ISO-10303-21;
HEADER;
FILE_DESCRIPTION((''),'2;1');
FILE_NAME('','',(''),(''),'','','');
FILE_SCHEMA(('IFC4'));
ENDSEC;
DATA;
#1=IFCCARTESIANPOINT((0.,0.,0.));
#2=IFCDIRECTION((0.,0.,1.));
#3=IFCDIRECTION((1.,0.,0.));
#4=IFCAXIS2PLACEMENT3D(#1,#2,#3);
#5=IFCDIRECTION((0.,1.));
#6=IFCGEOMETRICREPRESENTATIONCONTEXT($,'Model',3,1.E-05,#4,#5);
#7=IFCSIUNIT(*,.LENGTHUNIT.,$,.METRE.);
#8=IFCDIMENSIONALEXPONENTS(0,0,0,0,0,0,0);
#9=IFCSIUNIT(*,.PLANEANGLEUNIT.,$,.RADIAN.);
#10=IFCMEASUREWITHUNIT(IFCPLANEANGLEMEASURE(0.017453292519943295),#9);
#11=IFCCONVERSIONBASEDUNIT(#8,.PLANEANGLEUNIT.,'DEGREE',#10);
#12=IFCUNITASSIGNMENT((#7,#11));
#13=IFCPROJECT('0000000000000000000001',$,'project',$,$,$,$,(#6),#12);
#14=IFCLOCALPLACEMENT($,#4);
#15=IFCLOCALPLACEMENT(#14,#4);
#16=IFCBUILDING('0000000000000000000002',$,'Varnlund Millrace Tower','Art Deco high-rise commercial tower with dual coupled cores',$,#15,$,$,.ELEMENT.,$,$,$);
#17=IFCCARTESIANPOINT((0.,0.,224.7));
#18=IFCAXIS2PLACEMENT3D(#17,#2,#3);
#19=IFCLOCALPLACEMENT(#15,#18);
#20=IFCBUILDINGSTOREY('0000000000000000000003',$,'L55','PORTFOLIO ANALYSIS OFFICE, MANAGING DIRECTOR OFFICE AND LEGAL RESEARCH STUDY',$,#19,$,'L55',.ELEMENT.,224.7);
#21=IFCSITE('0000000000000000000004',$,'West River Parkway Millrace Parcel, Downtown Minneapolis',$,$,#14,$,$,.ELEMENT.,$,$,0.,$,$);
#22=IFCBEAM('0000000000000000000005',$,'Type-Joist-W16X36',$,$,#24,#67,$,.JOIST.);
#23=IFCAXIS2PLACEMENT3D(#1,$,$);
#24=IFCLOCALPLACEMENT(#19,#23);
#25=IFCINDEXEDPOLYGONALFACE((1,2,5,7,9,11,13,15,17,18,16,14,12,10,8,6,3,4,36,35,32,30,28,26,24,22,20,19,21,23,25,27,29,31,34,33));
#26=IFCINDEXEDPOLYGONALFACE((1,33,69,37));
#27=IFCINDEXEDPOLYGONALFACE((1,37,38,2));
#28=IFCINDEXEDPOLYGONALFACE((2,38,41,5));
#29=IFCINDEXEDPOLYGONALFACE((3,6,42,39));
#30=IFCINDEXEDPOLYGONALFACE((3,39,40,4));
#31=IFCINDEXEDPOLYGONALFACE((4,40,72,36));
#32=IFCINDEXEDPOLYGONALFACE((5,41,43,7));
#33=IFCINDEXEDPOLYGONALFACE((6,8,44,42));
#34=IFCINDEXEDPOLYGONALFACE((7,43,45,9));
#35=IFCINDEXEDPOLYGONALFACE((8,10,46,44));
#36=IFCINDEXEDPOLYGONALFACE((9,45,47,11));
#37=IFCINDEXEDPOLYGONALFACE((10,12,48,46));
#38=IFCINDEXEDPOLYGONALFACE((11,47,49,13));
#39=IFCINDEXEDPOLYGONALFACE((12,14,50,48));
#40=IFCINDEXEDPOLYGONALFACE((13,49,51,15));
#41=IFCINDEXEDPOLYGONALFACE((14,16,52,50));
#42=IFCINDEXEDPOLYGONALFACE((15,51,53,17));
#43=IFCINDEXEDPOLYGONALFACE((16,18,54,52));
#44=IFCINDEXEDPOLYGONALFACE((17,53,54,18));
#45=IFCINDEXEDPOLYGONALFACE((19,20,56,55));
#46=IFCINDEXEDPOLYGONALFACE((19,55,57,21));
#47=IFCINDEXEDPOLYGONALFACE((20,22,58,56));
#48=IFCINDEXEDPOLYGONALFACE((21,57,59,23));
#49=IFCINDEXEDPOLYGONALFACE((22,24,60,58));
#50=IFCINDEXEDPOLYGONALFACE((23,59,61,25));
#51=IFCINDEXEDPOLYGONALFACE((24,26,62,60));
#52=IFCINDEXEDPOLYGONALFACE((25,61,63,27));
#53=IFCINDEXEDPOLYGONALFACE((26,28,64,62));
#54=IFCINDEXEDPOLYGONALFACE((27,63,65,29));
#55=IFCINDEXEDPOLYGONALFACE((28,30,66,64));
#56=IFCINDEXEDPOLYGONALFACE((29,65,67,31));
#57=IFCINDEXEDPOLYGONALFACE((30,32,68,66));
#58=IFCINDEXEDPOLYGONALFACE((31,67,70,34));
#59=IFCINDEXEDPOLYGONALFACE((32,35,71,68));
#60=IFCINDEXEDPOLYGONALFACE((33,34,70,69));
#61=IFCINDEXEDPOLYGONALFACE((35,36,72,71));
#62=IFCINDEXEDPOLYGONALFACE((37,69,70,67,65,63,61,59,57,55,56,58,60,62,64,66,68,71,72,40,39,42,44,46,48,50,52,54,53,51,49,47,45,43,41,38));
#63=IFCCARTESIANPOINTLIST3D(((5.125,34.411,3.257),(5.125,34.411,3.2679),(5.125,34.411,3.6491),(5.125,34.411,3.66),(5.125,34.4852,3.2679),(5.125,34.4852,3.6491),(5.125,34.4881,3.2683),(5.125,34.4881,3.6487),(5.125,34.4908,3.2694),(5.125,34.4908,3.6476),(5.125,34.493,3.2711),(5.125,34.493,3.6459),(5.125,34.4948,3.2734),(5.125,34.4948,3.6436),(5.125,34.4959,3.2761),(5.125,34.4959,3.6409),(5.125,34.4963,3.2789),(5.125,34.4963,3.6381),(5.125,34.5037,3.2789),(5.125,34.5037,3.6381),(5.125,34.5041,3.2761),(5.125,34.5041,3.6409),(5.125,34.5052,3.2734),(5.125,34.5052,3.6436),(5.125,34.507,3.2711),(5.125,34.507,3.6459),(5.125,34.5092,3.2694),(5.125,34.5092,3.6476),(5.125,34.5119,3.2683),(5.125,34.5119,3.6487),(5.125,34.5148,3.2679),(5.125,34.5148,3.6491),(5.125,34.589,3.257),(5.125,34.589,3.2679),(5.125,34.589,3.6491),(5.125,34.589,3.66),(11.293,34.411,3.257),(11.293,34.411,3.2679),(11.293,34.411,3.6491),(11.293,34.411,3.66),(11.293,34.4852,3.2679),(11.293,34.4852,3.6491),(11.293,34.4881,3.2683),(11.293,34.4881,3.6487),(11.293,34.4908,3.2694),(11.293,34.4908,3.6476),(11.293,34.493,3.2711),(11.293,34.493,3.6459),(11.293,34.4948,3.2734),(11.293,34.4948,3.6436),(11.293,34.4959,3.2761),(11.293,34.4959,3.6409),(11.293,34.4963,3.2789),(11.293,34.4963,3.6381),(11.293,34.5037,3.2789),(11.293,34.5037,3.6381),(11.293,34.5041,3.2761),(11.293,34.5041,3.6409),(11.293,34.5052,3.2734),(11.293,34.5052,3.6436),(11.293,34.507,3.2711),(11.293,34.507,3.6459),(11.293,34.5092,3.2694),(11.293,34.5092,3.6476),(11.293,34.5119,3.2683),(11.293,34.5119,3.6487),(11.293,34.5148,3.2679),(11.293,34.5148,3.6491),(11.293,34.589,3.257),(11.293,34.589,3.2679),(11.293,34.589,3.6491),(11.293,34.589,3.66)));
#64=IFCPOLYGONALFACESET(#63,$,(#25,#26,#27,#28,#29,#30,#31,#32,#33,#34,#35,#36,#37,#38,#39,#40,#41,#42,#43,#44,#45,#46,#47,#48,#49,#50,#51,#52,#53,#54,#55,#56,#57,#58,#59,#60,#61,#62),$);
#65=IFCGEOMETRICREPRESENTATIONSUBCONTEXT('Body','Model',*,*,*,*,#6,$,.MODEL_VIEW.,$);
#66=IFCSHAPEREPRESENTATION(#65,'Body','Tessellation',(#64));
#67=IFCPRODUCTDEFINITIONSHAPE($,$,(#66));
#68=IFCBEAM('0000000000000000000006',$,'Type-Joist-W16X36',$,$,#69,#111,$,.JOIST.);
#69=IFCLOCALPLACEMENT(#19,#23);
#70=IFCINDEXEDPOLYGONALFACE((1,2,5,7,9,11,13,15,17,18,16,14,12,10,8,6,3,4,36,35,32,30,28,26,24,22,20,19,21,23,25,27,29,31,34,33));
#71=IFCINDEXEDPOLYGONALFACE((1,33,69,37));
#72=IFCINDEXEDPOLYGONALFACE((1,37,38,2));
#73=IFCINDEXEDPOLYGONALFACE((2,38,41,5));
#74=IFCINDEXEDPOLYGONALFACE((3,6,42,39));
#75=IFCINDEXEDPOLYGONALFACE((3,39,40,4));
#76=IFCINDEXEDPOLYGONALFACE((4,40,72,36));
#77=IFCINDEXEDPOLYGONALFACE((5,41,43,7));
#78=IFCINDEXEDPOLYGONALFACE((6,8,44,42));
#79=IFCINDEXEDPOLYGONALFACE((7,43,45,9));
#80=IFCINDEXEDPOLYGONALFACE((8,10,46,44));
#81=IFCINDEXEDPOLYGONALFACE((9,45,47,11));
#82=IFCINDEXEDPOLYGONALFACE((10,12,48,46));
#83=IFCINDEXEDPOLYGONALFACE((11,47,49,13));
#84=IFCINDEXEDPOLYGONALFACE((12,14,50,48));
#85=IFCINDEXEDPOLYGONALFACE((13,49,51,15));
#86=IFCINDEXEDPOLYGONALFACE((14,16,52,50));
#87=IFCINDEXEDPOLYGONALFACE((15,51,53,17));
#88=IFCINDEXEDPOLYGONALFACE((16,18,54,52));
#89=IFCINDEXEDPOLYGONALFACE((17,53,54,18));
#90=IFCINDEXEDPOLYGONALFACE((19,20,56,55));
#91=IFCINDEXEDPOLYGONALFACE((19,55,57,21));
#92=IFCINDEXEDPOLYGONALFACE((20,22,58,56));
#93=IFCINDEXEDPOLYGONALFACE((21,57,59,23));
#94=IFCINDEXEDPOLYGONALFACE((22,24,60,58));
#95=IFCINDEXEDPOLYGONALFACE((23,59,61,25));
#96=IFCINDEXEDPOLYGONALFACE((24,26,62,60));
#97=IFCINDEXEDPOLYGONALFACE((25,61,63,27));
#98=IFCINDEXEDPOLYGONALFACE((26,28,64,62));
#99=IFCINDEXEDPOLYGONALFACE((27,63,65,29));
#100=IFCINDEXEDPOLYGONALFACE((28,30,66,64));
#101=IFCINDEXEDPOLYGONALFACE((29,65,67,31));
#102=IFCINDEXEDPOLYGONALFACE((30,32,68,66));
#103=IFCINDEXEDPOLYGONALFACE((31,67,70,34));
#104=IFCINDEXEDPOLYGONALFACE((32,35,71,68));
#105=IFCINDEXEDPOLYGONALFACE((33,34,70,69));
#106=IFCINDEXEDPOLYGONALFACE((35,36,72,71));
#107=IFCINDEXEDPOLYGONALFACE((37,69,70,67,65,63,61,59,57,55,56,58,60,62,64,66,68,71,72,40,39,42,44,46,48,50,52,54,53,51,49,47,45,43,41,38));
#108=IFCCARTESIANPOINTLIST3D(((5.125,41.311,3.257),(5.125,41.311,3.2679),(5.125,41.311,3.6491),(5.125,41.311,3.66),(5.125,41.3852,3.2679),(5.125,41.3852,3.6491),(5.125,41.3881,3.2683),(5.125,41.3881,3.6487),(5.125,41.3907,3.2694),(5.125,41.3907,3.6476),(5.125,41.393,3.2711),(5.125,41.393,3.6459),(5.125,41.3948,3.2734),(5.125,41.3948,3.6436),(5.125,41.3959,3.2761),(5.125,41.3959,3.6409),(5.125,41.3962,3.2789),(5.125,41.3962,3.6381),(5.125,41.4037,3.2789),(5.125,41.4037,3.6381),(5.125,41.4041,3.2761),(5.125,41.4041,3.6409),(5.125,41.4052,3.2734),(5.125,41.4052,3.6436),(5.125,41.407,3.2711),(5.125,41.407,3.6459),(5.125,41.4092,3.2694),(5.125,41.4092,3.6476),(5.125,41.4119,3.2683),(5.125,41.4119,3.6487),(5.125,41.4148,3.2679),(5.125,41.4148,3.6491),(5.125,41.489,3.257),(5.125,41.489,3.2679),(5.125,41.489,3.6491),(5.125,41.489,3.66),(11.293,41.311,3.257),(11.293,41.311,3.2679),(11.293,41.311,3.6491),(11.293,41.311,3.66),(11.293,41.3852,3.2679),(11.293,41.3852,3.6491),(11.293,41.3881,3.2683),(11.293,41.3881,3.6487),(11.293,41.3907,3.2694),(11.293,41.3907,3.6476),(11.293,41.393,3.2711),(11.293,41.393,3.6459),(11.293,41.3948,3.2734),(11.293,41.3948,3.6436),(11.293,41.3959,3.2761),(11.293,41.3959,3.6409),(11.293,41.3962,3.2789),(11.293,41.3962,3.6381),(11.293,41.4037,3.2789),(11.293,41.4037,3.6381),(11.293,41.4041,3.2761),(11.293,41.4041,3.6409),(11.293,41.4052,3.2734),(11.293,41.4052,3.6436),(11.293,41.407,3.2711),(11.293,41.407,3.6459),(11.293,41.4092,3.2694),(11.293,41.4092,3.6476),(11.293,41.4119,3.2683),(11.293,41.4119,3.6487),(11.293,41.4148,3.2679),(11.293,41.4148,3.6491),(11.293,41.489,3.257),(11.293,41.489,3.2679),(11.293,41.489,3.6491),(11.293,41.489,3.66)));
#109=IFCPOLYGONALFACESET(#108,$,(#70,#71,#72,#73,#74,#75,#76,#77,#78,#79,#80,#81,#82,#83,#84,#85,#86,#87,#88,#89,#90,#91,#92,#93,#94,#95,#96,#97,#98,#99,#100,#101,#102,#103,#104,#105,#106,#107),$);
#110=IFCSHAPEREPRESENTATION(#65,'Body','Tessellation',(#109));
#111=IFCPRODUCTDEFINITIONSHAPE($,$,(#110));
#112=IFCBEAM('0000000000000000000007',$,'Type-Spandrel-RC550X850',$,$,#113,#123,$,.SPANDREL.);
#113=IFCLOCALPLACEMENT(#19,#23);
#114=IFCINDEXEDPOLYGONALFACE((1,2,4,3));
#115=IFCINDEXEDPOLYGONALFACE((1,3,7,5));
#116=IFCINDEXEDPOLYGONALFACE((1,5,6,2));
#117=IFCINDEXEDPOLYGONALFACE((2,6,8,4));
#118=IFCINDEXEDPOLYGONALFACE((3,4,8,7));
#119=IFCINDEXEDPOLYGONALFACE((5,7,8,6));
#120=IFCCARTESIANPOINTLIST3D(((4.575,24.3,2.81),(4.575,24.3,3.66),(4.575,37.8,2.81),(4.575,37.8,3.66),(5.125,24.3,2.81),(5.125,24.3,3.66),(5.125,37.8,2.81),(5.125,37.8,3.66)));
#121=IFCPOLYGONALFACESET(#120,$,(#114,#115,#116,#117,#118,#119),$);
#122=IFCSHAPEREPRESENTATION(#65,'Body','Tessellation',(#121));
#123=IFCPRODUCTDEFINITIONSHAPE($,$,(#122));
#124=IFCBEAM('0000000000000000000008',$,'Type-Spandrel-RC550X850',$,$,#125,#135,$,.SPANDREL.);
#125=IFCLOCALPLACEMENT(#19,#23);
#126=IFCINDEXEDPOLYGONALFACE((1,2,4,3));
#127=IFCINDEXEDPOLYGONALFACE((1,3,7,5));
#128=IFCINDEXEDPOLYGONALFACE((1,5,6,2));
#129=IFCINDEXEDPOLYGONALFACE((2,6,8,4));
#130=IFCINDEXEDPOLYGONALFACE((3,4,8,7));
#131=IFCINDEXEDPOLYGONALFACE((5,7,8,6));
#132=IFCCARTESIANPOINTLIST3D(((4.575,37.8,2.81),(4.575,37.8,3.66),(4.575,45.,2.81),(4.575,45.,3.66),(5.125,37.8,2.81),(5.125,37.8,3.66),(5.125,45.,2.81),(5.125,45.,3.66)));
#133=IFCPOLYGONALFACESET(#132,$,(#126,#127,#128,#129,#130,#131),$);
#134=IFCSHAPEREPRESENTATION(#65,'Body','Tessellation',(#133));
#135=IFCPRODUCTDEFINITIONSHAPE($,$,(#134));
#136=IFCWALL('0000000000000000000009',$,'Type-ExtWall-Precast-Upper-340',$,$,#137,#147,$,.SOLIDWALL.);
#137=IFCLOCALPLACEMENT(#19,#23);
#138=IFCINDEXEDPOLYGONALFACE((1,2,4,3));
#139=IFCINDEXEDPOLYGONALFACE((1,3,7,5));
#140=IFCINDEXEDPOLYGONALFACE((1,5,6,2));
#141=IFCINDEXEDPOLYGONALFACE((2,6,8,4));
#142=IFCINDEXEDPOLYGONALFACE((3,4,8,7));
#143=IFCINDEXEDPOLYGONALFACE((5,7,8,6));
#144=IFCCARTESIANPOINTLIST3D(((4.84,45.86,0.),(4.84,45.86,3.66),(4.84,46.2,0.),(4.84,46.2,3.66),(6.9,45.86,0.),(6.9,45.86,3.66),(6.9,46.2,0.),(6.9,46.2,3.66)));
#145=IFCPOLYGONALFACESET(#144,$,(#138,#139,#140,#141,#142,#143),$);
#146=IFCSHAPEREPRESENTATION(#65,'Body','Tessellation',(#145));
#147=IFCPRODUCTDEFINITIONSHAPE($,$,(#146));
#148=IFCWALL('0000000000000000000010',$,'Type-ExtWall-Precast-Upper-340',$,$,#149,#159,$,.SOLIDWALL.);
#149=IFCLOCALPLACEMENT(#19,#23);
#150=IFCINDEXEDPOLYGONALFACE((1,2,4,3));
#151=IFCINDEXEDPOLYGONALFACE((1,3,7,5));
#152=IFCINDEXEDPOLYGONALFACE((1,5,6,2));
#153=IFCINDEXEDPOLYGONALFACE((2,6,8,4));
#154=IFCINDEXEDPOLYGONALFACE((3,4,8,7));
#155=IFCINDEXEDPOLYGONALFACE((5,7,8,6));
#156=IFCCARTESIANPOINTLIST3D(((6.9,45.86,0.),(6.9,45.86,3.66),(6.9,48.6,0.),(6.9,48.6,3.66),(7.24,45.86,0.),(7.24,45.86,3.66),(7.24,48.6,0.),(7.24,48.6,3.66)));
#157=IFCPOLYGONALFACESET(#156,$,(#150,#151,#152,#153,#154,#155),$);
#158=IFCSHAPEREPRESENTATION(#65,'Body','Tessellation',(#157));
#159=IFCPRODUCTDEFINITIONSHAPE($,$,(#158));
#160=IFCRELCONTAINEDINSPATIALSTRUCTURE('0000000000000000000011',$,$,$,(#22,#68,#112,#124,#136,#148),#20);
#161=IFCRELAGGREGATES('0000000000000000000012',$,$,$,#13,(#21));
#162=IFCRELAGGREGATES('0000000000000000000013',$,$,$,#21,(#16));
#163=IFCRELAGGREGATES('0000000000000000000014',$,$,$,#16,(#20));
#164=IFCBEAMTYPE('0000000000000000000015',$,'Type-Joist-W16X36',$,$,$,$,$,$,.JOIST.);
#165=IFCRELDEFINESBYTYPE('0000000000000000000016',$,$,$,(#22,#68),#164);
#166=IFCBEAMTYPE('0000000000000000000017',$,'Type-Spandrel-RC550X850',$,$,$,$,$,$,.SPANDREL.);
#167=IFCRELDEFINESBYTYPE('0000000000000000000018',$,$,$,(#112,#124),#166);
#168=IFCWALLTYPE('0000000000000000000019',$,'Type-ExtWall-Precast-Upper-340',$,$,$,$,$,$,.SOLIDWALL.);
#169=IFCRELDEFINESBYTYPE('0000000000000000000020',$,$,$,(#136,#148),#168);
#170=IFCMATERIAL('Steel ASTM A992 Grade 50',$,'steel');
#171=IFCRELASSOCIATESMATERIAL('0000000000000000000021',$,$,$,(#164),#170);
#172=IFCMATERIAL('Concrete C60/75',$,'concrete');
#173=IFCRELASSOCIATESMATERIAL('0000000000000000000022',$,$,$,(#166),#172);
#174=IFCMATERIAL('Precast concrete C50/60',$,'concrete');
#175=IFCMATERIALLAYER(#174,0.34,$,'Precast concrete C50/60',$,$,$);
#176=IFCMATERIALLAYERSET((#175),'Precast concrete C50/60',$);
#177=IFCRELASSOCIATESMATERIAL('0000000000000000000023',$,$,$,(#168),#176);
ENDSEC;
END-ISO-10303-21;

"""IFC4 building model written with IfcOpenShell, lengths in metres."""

from ifc_helpers import new_model, entity, si_unit, converted_unit, direction, frame, origin_with_axes, origin_2d_with_axis, place, context, subcontext, project, spatial, polyline, rectangle, i_section, outline, extrude, material, layer, layer_set, material_profile, profile_set, type_object, element, save


model = new_model("IFC4")

# Units and contexts
model_context = context("Model", 3, precision=1e-05, world=origin_with_axes(), true_north=direction((0.0, 1.0)))
body_context = subcontext(model_context, "Body", "Model", "MODEL_VIEW")
ifc_project = project(units=[si_unit("LENGTHUNIT", "METRE"), converted_unit("PLANEANGLEUNIT", "DEGREE", entity("IfcPlaneAngleMeasure", 0.017453292519943295), si_unit("PLANEANGLEUNIT", "RADIAN"), dimensions=[0, 0, 0, 0, 0, 0, 0])], contexts=[model_context])

# Site, building, storey
site_placement = place(None, origin_with_axes())
site = spatial("IfcSite", under=ifc_project, at=site_placement, Name="West River Parkway Millrace Parcel, Downtown Minneapolis", CompositionType="ELEMENT", RefElevation=0.0)
building_placement = place(site_placement, origin_with_axes())
building = spatial("IfcBuilding", under=site, at=building_placement, Name="Varnlund Millrace Tower", Description="Art Deco high-rise commercial tower with dual coupled cores", CompositionType="ELEMENT")
storey_placement = place(building_placement, frame((0.0, 0.0, 224.7), z_axis=(0.0, 0.0, 1.0), x_axis=(1.0, 0.0, 0.0)))
storey = spatial("IfcBuildingStorey", under=building, at=storey_placement, Name="L55", Description="PORTFOLIO ANALYSIS OFFICE, MANAGING DIRECTOR OFFICE AND LEGAL RESEARCH STUDY", LongName="L55", CompositionType="ELEMENT", Elevation=224.7)

# Beams
ifc_material_1 = material(Name="Steel ASTM A992 Grade 50", Category="steel")
ifc_material_profile_1 = material_profile(ifc_material_1, i_section(OverallWidth=0.178, OverallDepth=0.403, WebThickness=0.0075, FlangeThickness=0.0109, FilletRadius=0.011, at=origin_2d_with_axis()), Name="Steel ASTM A992 Grade 50")
ifc_profile_set_1 = profile_set([ifc_material_profile_1], Name="Steel ASTM A992 Grade 50")
beam_type_1 = type_object("IfcBeamType", Name="Type-Joist-W16X36", PredefinedType="JOIST", material=ifc_profile_set_1)
for number, where, z_axis, x_axis, name in (
    (1, (5.125, 34.5, 3.4585), (1.0, 0.0, 0.0), (0.0, 1.0, 0.0), "Type-Joist-W16X36"),
    (2, (5.125, 41.4, 3.4585), (1.0, 0.0, 0.0), (0.0, 1.0, 0.0), "Type-Joist-W16X36"),
):
    element("IfcBeam", number, at=place(storey_placement, frame(where, z_axis=z_axis, x_axis=x_axis)), inside=storey, type_object=beam_type_1, Name=name, PredefinedType="JOIST", context=body_context, shape_type="SweptSolid", body=[
        extrude(i_section(OverallWidth=0.178, OverallDepth=0.403, WebThickness=0.0075, FlangeThickness=0.0109, FilletRadius=0.011, at=origin_2d_with_axis()), origin_with_axes(), (0.0, 0.0, 1.0), 6.168),
    ])
ifc_material_2 = material(Name="Concrete C60/75", Category="concrete")
ifc_material_profile_2 = material_profile(ifc_material_2, rectangle(XDim=0.55, YDim=0.85, at=origin_2d_with_axis()), Name="Concrete C60/75")
ifc_profile_set_2 = profile_set([ifc_material_profile_2], Name="Concrete C60/75")
beam_type_2 = type_object("IfcBeamType", Name="Type-Spandrel-RC550X850", PredefinedType="SPANDREL", material=ifc_profile_set_2)
beam_1_placement = place(storey_placement, frame((4.85, 24.3, 3.235), z_axis=(0.0, 1.0, 0.0), x_axis=(-1.0, 0.0, 0.0)))
element("IfcBeam", 3, at=beam_1_placement, inside=storey, type_object=beam_type_2, Name="Type-Spandrel-RC550X850", PredefinedType="SPANDREL", context=body_context, shape_type="SweptSolid", body=[
    extrude(rectangle(XDim=0.55, YDim=0.85, at=origin_2d_with_axis()), origin_with_axes(), (0.0, 0.0, 1.0), 13.5),
])
beam_2_placement = place(storey_placement, frame((4.85, 37.8, 3.235), z_axis=(0.0, 1.0, 0.0), x_axis=(-1.0, 0.0, 0.0)))
element("IfcBeam", 4, at=beam_2_placement, inside=storey, type_object=beam_type_2, Name="Type-Spandrel-RC550X850", PredefinedType="SPANDREL", context=body_context, shape_type="SweptSolid", body=[
    extrude(rectangle(XDim=0.55, YDim=0.85, at=origin_2d_with_axis()), origin_with_axes(), (0.0, 0.0, 1.0), 7.2),
])

# Walls
ifc_material_3 = material(Name="Precast concrete C50/60", Category="concrete")
ifc_layer_1 = layer(ifc_material_3, 0.34, Name="Precast concrete C50/60")
ifc_layer_set_1 = layer_set([ifc_layer_1], Name="Precast concrete C50/60")
wall_type_1 = type_object("IfcWallType", Name="Type-ExtWall-Precast-Upper-340", PredefinedType="SOLIDWALL", material=ifc_layer_set_1)
wall_1_placement = place(storey_placement, frame((4.84, 46.03, 0.0), z_axis=(0.0, 0.0, 1.0), x_axis=(1.0, 0.0, 0.0)))
element("IfcWall", 5, at=wall_1_placement, inside=storey, type_object=wall_type_1, Name="Type-ExtWall-Precast-Upper-340", PredefinedType="SOLIDWALL", context=body_context, shape_type="SweptSolid", body=[
    extrude(outline(polyline([(0.0, -0.17), (2.06, -0.17), (2.06, 0.17), (0.0, 0.17), (0.0, -0.17)])), origin_with_axes(), (0.0, 0.0, 1.0), 3.66),
])
wall_2_placement = place(storey_placement, frame((7.07, 45.86, 0.0), z_axis=(0.0, 0.0, 1.0), x_axis=(0.0, 1.0, 0.0)))
element("IfcWall", 6, at=wall_2_placement, inside=storey, type_object=wall_type_1, Name="Type-ExtWall-Precast-Upper-340", PredefinedType="SOLIDWALL", context=body_context, shape_type="SweptSolid", body=[
    extrude(outline(polyline([(0.0, -0.17), (2.74, -0.17), (2.74, 0.17), (0.0, 0.17), (0.0, -0.17)])), origin_with_axes(), (0.0, 0.0, 1.0), 3.66),
])

save(model, "model.ifc")
